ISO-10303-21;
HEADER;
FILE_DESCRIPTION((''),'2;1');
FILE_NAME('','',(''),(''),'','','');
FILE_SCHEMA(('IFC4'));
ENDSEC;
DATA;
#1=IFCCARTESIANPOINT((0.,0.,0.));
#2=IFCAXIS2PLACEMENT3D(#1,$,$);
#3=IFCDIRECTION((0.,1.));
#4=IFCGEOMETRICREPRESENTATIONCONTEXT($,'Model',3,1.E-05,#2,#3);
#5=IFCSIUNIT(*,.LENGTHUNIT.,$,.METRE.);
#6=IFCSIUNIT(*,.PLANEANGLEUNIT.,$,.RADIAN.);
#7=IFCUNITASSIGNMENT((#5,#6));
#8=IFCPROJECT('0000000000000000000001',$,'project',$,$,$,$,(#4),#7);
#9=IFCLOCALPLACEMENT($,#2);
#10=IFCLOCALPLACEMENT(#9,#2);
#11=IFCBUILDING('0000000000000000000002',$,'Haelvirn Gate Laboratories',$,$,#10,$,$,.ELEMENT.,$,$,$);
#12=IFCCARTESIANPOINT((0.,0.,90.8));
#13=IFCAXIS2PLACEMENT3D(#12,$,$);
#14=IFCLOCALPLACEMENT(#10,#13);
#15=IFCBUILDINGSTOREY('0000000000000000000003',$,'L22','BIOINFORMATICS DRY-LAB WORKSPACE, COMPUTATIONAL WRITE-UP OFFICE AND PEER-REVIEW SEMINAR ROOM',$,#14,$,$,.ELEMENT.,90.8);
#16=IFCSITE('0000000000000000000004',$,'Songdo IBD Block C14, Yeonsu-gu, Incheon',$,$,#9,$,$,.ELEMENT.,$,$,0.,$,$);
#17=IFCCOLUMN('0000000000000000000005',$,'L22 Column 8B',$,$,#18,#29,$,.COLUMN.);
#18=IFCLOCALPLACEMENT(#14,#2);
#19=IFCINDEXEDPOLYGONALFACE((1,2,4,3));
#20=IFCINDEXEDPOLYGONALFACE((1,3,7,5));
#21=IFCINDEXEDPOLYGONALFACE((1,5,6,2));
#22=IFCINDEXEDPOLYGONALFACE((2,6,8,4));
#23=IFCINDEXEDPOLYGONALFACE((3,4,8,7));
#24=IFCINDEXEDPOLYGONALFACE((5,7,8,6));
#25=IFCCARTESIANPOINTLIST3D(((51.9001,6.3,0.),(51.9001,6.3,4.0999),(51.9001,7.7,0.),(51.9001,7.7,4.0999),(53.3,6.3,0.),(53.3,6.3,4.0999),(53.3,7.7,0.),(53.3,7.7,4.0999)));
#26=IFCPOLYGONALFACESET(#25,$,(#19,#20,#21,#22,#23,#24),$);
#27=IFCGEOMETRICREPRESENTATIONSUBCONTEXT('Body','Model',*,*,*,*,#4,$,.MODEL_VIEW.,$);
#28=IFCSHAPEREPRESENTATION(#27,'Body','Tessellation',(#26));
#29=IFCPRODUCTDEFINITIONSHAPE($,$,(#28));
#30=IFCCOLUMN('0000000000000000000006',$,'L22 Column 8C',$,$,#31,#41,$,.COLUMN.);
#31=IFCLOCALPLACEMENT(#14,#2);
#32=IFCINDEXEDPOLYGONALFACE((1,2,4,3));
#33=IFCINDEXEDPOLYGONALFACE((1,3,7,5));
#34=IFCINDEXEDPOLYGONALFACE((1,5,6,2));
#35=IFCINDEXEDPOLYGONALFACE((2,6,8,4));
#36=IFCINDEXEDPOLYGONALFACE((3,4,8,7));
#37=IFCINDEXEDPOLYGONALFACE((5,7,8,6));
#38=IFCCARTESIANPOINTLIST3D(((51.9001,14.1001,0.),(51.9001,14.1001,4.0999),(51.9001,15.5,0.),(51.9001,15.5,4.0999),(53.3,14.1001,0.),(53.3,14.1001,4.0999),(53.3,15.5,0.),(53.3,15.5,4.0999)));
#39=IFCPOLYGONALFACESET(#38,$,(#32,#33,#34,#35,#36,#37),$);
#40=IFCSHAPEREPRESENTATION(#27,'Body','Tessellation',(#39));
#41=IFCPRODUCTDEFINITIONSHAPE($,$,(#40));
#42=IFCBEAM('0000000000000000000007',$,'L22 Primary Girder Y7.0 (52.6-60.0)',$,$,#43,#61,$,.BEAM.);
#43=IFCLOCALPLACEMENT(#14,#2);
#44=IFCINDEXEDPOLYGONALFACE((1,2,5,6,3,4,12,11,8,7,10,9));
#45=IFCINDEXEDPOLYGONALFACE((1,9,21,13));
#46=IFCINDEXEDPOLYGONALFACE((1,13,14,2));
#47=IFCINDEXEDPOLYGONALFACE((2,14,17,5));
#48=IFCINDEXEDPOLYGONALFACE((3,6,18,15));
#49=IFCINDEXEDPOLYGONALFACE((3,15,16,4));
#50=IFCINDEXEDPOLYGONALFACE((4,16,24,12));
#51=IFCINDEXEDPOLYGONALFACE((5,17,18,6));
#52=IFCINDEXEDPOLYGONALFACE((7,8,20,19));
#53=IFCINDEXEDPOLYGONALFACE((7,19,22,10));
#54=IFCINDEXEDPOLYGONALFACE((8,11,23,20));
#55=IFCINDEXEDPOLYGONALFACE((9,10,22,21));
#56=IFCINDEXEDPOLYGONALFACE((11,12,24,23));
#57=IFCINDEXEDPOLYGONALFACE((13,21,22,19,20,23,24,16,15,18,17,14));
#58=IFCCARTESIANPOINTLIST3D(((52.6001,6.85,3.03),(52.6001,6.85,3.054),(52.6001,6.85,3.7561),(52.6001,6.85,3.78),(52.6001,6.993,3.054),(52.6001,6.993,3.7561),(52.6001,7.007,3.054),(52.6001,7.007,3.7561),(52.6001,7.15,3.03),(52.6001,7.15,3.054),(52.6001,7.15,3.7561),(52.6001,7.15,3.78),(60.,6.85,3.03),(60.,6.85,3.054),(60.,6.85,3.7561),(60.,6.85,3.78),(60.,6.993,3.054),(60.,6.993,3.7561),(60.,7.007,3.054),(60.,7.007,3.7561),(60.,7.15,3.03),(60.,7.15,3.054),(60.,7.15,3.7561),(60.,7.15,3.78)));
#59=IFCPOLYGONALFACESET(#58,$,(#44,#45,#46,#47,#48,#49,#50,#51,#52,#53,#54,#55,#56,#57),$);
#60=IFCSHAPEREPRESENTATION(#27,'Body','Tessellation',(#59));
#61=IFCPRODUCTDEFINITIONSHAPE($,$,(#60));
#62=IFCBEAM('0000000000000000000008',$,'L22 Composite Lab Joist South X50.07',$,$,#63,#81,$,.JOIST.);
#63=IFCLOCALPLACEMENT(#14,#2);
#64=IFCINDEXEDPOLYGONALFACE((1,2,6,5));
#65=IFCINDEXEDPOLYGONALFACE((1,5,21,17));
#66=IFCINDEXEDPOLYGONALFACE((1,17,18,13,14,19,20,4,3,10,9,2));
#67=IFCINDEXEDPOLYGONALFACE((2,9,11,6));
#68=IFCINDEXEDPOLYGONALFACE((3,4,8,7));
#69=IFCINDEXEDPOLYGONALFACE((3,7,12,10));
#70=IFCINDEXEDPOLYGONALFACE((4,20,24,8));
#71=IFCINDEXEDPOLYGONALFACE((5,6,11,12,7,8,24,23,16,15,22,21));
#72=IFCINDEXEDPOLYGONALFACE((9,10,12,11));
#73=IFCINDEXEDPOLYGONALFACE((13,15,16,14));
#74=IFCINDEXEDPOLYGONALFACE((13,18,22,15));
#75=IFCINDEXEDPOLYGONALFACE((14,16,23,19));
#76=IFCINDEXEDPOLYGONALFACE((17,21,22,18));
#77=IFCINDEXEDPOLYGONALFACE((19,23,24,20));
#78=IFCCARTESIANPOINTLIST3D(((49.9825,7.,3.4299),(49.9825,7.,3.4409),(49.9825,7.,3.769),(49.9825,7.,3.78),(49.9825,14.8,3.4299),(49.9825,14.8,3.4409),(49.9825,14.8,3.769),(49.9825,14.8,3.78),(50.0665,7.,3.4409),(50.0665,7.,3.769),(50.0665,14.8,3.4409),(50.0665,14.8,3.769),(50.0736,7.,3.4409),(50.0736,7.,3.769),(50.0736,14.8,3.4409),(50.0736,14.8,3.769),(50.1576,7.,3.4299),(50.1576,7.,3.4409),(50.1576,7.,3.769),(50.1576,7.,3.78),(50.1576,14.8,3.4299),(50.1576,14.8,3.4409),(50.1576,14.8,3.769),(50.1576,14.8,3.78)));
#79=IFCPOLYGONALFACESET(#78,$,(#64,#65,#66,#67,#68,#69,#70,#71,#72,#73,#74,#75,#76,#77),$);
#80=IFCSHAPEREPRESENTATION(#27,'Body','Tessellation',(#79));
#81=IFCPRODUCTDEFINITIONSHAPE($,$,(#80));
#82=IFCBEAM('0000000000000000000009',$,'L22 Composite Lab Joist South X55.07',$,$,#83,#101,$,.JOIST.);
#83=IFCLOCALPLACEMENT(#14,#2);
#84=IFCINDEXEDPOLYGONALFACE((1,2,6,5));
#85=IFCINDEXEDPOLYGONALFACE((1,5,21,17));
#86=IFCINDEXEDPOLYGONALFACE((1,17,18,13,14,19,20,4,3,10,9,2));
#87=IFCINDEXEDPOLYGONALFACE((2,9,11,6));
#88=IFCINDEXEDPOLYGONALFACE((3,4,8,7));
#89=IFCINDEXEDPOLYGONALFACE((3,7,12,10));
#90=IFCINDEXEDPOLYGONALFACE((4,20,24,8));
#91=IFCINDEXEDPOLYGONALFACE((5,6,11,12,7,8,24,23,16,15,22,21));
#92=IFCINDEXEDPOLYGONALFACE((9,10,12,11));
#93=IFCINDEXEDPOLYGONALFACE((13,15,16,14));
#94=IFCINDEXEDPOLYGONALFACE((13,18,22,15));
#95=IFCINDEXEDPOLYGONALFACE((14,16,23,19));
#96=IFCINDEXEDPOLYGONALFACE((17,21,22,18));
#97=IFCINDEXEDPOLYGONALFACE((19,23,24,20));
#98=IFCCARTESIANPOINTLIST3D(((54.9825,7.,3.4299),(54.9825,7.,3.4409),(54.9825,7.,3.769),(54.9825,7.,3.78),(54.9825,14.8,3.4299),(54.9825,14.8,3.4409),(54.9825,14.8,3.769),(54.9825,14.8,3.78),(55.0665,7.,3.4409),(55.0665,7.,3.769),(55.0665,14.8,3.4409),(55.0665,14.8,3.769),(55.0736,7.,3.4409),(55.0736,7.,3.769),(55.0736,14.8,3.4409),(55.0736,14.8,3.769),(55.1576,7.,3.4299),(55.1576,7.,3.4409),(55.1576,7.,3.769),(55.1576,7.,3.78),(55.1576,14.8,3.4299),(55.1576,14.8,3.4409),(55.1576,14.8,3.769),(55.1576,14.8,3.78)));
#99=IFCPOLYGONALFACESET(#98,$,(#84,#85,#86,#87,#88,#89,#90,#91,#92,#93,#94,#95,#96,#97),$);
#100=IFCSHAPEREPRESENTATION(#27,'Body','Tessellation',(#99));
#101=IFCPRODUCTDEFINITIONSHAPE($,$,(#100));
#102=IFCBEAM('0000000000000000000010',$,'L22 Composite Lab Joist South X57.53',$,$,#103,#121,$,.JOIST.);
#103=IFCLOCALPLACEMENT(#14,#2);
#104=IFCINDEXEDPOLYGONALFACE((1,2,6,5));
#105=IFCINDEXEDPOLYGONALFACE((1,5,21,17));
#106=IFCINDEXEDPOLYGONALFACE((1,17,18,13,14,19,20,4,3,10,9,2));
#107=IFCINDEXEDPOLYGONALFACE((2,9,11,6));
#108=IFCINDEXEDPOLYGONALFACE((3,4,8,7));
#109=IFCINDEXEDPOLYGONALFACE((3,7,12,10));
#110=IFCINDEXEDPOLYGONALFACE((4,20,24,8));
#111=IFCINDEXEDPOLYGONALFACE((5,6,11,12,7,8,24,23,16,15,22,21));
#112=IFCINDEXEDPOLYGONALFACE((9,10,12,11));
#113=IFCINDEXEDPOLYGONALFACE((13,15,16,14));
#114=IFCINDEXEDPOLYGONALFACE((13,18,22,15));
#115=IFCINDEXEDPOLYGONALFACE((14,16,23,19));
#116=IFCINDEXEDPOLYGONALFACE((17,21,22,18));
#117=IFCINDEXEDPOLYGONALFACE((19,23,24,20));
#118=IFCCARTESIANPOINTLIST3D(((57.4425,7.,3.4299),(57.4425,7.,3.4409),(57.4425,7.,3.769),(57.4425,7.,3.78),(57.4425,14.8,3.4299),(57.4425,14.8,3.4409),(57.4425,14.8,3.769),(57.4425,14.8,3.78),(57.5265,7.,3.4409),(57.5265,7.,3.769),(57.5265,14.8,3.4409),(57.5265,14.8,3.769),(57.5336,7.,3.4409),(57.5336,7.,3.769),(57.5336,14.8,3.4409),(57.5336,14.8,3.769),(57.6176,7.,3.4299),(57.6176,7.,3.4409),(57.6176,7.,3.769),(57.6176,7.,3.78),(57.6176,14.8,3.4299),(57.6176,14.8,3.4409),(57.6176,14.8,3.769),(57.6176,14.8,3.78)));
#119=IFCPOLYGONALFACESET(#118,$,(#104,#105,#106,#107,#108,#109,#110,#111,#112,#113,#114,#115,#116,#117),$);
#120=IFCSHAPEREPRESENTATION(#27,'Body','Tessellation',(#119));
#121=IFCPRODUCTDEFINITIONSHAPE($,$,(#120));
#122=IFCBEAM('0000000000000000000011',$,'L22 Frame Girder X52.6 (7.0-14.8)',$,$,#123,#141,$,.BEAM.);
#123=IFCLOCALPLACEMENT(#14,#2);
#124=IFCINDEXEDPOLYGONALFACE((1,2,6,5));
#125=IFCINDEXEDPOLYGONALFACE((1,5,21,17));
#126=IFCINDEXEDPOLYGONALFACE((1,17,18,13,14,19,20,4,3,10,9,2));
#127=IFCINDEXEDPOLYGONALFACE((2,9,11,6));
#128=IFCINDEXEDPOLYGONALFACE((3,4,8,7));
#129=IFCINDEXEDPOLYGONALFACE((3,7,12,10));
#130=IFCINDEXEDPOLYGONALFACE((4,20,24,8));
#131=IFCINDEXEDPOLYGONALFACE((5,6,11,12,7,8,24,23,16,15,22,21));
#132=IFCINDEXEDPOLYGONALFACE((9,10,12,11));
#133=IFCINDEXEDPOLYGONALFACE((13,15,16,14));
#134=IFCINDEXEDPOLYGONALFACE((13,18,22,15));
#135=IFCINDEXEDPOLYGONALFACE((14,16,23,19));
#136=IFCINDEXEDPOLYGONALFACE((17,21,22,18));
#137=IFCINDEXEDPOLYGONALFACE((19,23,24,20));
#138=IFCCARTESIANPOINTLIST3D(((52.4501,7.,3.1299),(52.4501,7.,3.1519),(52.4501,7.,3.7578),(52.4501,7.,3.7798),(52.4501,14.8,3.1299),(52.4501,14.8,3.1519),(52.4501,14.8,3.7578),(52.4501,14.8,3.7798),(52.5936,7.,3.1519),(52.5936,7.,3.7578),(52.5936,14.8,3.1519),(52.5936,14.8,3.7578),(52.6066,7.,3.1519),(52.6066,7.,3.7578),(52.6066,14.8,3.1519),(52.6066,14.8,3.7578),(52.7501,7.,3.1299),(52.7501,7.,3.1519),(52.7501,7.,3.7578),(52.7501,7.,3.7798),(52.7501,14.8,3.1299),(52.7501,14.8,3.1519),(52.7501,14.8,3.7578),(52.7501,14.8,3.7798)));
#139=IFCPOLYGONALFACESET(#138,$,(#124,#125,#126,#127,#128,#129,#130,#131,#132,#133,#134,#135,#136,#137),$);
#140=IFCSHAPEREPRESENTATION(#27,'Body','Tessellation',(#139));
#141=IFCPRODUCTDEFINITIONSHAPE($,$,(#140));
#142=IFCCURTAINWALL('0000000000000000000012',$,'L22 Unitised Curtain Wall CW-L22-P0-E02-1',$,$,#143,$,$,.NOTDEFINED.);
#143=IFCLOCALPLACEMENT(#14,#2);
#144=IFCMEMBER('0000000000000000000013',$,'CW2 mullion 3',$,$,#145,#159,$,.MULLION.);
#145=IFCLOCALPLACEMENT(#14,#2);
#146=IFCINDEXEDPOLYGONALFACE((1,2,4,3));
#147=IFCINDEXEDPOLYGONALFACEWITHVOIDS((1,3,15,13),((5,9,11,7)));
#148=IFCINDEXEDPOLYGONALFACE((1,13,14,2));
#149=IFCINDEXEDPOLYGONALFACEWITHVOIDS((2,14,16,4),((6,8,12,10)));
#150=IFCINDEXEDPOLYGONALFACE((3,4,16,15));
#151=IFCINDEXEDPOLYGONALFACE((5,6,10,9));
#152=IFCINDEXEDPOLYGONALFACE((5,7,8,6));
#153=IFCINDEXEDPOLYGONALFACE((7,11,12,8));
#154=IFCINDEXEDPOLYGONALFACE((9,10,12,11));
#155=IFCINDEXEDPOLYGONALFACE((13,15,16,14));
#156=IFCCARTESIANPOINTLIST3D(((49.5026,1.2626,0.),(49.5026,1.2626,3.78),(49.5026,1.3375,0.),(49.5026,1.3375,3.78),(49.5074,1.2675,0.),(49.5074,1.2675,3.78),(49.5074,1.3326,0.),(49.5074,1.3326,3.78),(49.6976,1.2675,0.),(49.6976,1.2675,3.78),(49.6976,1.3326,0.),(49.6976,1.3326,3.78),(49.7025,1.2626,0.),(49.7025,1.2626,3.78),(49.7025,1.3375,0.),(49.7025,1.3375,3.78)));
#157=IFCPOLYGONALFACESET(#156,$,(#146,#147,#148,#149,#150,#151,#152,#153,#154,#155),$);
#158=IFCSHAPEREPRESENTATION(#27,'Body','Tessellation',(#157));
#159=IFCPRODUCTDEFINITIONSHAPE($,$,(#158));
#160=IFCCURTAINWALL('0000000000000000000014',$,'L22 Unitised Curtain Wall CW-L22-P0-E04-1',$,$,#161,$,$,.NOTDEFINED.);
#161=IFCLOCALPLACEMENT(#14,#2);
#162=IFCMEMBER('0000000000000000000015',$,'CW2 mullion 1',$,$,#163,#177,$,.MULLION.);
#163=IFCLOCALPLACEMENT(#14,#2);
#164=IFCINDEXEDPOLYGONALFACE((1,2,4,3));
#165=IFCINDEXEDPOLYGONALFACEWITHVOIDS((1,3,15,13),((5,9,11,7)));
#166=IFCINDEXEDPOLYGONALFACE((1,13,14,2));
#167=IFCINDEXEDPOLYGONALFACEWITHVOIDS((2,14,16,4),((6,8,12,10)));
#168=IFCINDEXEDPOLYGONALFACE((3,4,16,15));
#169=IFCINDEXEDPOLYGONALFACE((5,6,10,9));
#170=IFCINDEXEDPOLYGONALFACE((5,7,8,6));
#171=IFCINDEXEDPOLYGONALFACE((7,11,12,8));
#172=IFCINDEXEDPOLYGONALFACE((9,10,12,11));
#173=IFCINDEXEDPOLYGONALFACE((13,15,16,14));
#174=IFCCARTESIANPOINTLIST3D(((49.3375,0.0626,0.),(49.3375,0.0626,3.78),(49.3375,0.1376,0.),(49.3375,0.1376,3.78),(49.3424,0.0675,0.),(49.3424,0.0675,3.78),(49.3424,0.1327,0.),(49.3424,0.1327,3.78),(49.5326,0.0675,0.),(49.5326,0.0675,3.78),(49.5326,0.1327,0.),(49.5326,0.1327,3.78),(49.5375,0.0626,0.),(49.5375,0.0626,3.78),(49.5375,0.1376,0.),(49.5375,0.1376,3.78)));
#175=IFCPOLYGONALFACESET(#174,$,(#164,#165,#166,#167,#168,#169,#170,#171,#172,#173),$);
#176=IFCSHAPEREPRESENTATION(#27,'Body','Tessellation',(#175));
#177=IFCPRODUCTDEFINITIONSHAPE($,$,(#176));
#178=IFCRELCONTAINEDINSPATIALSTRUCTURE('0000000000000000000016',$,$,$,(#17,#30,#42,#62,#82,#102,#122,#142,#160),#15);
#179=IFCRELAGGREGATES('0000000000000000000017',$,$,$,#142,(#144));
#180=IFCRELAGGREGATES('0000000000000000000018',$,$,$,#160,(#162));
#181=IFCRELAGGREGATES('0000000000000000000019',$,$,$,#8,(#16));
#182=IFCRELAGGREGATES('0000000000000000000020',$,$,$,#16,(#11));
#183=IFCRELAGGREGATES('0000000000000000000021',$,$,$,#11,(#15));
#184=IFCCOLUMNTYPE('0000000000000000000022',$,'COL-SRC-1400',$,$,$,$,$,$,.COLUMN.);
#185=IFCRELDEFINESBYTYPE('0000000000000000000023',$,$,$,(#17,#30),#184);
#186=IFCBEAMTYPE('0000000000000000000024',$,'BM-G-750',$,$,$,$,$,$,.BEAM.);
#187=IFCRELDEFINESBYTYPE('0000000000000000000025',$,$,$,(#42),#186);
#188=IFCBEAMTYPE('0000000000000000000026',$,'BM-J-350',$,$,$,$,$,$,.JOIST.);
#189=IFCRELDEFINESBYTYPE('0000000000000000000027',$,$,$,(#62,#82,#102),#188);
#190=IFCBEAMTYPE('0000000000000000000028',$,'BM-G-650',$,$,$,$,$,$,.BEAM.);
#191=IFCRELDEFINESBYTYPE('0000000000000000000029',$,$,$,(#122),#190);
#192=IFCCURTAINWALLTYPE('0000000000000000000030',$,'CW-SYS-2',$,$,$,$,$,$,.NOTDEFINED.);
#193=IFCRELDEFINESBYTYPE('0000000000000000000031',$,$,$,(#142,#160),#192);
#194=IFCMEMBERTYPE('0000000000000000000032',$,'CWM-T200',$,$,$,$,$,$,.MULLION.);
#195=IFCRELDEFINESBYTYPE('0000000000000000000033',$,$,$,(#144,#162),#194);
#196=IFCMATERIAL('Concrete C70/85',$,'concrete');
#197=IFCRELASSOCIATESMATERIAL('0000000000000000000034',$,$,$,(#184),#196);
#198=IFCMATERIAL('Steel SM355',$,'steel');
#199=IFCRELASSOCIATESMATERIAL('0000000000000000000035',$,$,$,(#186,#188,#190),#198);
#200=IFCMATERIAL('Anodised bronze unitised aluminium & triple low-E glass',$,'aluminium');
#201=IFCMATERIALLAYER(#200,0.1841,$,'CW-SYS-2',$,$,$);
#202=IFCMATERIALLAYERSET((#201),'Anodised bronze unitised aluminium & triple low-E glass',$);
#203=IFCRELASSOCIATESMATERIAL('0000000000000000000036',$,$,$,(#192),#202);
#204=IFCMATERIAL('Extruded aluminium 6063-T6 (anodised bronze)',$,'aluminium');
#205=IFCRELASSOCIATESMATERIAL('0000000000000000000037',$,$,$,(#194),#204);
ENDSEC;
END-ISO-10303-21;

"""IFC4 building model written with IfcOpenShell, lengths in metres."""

from ifc_helpers import new_model, si_unit, direction, frame, origin, origin_2d, place, context, subcontext, project, spatial, rectangle, hollow_rectangle, i_section, extrude, source, transform, mapped, material, layer, layer_set, material_profile, profile_set, type_object, type_shapes, element, aggregate, save


model = new_model("IFC4")

# Units and contexts
model_context = context("Model", 3, precision=1e-05, world=origin(), true_north=direction((0.0, 1.0)))
body_context = subcontext(model_context, "Body", "Model", "MODEL_VIEW")
ifc_project = project(units=[si_unit("LENGTHUNIT", "METRE"), si_unit("PLANEANGLEUNIT", "RADIAN")], contexts=[model_context])

# Site, building, storey
site_placement = place(None, origin())
site = spatial("IfcSite", under=ifc_project, at=site_placement, Name="Songdo IBD Block C14, Yeonsu-gu, Incheon", CompositionType="ELEMENT", RefElevation=0.0)
building_placement = place(site_placement, origin())
building = spatial("IfcBuilding", under=site, at=building_placement, Name="Haelvirn Gate Laboratories", CompositionType="ELEMENT")
storey_placement = place(building_placement, frame((0.0, 0.0, 90.8)))
storey = spatial("IfcBuildingStorey", under=building, at=storey_placement, Name="L22", Description="BIOINFORMATICS DRY-LAB WORKSPACE, COMPUTATIONAL WRITE-UP OFFICE AND PEER-REVIEW SEMINAR ROOM", CompositionType="ELEMENT", Elevation=90.8)

# Columns
ifc_material_1 = material(Name="Concrete C70/85", Category="concrete")
ifc_material_profile_1 = material_profile(ifc_material_1, rectangle(XDim=1.3999, YDim=1.3999, at=origin_2d()), Name="SRC-1400x1400")
ifc_profile_set_1 = profile_set([ifc_material_profile_1], Name="Concrete C70/85")
column_type = type_object("IfcColumnType", Name="COL-SRC-1400", PredefinedType="COLUMN", material=ifc_profile_set_1)
shared_shape_1 = source(origin(), body_context, "Body", "SweptSolid", [
    extrude(rectangle(XDim=1.3999, YDim=1.3999, at=origin_2d()), origin(), (0.0, 0.0, 1.0), 4.0999),
])
type_shapes(column_type, [shared_shape_1])
for number, where, z_axis, x_axis, name in (
    (1, (52.6001, 7.0, 0.0), (0.0, 0.0, 1.0), (1.0, 0.0, 0.0), "L22 Column 8B"),
    (2, (52.6001, 14.8, 0.0), (0.0, 0.0, 1.0), (1.0, 0.0, 0.0), "L22 Column 8C"),
):
    element("IfcColumn", number, at=place(storey_placement, frame(where, z_axis=z_axis, x_axis=x_axis)), inside=storey, type_object=column_type, Name=name, PredefinedType="COLUMN", context=body_context, shape_type="MappedRepresentation", body=[
        mapped(shared_shape_1, transform((0.0, 0.0, 0.0), scale=1.0)),
    ])

# Beams
ifc_material_2 = material(Name="Steel SM355", Category="steel")
ifc_material_profile_2 = material_profile(ifc_material_2, i_section(OverallWidth=0.3, OverallDepth=0.75, WebThickness=0.0139, FlangeThickness=0.0239, at=origin_2d()), Name="H-750x300x14x24")
ifc_profile_set_2 = profile_set([ifc_material_profile_2], Name="Steel SM355")
beam_type_1 = type_object("IfcBeamType", Name="BM-G-750", PredefinedType="BEAM", material=ifc_profile_set_2)
shared_shape_2 = source(origin(), body_context, "Body", "SweptSolid", [
    extrude(i_section(OverallWidth=0.3, OverallDepth=0.75, WebThickness=0.0139, FlangeThickness=0.0239, at=origin_2d()), origin(), (0.0, 0.0, 1.0), 7.3999),
])
type_shapes(beam_type_1, [shared_shape_2])
beam_1_placement = place(storey_placement, frame((52.6001, 7.0, 3.405), z_axis=(1.0, 0.0, 0.0), x_axis=(0.0, 1.0, 0.0)))
element("IfcBeam", 3, at=beam_1_placement, inside=storey, type_object=beam_type_1, Name="L22 Primary Girder Y7.0 (52.6-60.0)", PredefinedType="BEAM", context=body_context, shape_type="MappedRepresentation", body=[
    mapped(shared_shape_2, transform((0.0, 0.0, 0.0), scale=1.0)),
])
ifc_material_profile_3 = material_profile(ifc_material_2, i_section(OverallWidth=0.175, OverallDepth=0.3501, WebThickness=0.0071, FlangeThickness=0.011, at=origin_2d()), Name="H-350x175x7x11")
ifc_profile_set_3 = profile_set([ifc_material_profile_3], Name="Steel SM355")
beam_type_2 = type_object("IfcBeamType", Name="BM-J-350", PredefinedType="JOIST", material=ifc_profile_set_3)
shared_shape_3 = source(origin(), body_context, "Body", "SweptSolid", [
    extrude(i_section(OverallWidth=0.175, OverallDepth=0.3501, WebThickness=0.0071, FlangeThickness=0.011, at=origin_2d()), origin(), (0.0, 0.0, 1.0), 7.8),
])
type_shapes(beam_type_2, [shared_shape_3])
for number, where, z_axis, x_axis, name in (
    (4, (50.0701, 7.0, 3.605), (0.0, 1.0, 0.0), (-1.0, 0.0, 0.0), "L22 Composite Lab Joist South X50.07"),
    (5, (55.0701, 7.0, 3.605), (0.0, 1.0, 0.0), (-1.0, 0.0, 0.0), "L22 Composite Lab Joist South X55.07"),
    (6, (57.53, 7.0, 3.605), (0.0, 1.0, 0.0), (-1.0, 0.0, 0.0), "L22 Composite Lab Joist South X57.53"),
):
    element("IfcBeam", number, at=place(storey_placement, frame(where, z_axis=z_axis, x_axis=x_axis)), inside=storey, type_object=beam_type_2, Name=name, PredefinedType="JOIST", context=body_context, shape_type="MappedRepresentation", body=[
        mapped(shared_shape_3, transform((0.0, 0.0, 0.0), scale=1.0)),
    ])
ifc_material_profile_4 = material_profile(ifc_material_2, i_section(OverallWidth=0.3, OverallDepth=0.6499, WebThickness=0.0129, FlangeThickness=0.022, at=origin_2d()), Name="H-650x300x13x22")
ifc_profile_set_4 = profile_set([ifc_material_profile_4], Name="Steel SM355")
beam_type_3 = type_object("IfcBeamType", Name="BM-G-650", PredefinedType="BEAM", material=ifc_profile_set_4)
shared_shape_4 = source(origin(), body_context, "Body", "SweptSolid", [
    extrude(i_section(OverallWidth=0.3, OverallDepth=0.6499, WebThickness=0.0129, FlangeThickness=0.022, at=origin_2d()), origin(), (0.0, 0.0, 1.0), 7.8),
])
type_shapes(beam_type_3, [shared_shape_4])
beam_2_placement = place(storey_placement, frame((52.6001, 7.0, 3.4548), z_axis=(0.0, 1.0, 0.0), x_axis=(-1.0, 0.0, 0.0)))
element("IfcBeam", 7, at=beam_2_placement, inside=storey, type_object=beam_type_3, Name="L22 Frame Girder X52.6 (7.0-14.8)", PredefinedType="BEAM", context=body_context, shape_type="MappedRepresentation", body=[
    mapped(shared_shape_4, transform((0.0, 0.0, 0.0), scale=1.0)),
])

# Curtain wall, member
ifc_material_3 = material(Name="Anodised bronze unitised aluminium & triple low-E glass", Category="aluminium")
ifc_layer_1 = layer(ifc_material_3, 0.1841, Name="CW-SYS-2")
ifc_layer_set_1 = layer_set([ifc_layer_1], Name="Anodised bronze unitised aluminium & triple low-E glass")
curtain_wall_type = type_object("IfcCurtainWallType", Name="CW-SYS-2", PredefinedType="NOTDEFINED", material=ifc_layer_set_1)
curtain_wall_1_placement = place(storey_placement, origin())
curtain_wall_1 = element("IfcCurtainWall", 8, at=curtain_wall_1_placement, inside=storey, type_object=curtain_wall_type, Name="L22 Unitised Curtain Wall CW-L22-P0-E02-1", PredefinedType="NOTDEFINED")
ifc_material_4 = material(Name="Extruded aluminium 6063-T6 (anodised bronze)", Category="aluminium")
ifc_material_profile_5 = material_profile(ifc_material_4, hollow_rectangle(XDim=0.075, YDim=0.2, WallThickness=0.0049, at=origin_2d()), Name="CWM-200x75x5")
ifc_profile_set_5 = profile_set([ifc_material_profile_5], Name="Extruded aluminium 6063-T6 (anodised bronze)")
member_type_1 = type_object("IfcMemberType", Name="CWM-T200", PredefinedType="MULLION", material=ifc_profile_set_5)
shared_shape_5 = source(origin(), body_context, "Body", "SweptSolid", [
    extrude(hollow_rectangle(XDim=0.075, YDim=0.2, WallThickness=0.0049, at=origin_2d()), origin(), (0.0, 0.0, 1.0), 3.78),
])
type_shapes(member_type_1, [shared_shape_5])
member_1_placement = place(storey_placement, frame((49.6025, 1.3, 0.0), z_axis=(0.0, 0.0, 1.0), x_axis=(0.0, 1.0, 0.0)))
member_1 = element("IfcMember", 9, at=member_1_placement, type_object=member_type_1, Name="CW2 mullion 3", PredefinedType="MULLION", context=body_context, shape_type="MappedRepresentation", body=[
    mapped(shared_shape_5, transform((0.0, 0.0, 0.0), scale=1.0)),
])
aggregate(curtain_wall_1, [member_1])

# Curtain wall, member
curtain_wall_2_placement = place(storey_placement, origin())
curtain_wall_2 = element("IfcCurtainWall", 10, at=curtain_wall_2_placement, inside=storey, type_object=curtain_wall_type, Name="L22 Unitised Curtain Wall CW-L22-P0-E04-1", PredefinedType="NOTDEFINED")
member_2_placement = place(storey_placement, frame((49.4375, 0.1001, 0.0), z_axis=(0.0, 0.0, 1.0), x_axis=(0.0, 1.0, 0.0)))
member_2 = element("IfcMember", 11, at=member_2_placement, type_object=member_type_1, Name="CW2 mullion 1", PredefinedType="MULLION", context=body_context, shape_type="MappedRepresentation", body=[
    mapped(shared_shape_5, transform((0.0, 0.0, 0.0), scale=1.0)),
])
aggregate(curtain_wall_2, [member_2])

save(model, "model.ifc")
